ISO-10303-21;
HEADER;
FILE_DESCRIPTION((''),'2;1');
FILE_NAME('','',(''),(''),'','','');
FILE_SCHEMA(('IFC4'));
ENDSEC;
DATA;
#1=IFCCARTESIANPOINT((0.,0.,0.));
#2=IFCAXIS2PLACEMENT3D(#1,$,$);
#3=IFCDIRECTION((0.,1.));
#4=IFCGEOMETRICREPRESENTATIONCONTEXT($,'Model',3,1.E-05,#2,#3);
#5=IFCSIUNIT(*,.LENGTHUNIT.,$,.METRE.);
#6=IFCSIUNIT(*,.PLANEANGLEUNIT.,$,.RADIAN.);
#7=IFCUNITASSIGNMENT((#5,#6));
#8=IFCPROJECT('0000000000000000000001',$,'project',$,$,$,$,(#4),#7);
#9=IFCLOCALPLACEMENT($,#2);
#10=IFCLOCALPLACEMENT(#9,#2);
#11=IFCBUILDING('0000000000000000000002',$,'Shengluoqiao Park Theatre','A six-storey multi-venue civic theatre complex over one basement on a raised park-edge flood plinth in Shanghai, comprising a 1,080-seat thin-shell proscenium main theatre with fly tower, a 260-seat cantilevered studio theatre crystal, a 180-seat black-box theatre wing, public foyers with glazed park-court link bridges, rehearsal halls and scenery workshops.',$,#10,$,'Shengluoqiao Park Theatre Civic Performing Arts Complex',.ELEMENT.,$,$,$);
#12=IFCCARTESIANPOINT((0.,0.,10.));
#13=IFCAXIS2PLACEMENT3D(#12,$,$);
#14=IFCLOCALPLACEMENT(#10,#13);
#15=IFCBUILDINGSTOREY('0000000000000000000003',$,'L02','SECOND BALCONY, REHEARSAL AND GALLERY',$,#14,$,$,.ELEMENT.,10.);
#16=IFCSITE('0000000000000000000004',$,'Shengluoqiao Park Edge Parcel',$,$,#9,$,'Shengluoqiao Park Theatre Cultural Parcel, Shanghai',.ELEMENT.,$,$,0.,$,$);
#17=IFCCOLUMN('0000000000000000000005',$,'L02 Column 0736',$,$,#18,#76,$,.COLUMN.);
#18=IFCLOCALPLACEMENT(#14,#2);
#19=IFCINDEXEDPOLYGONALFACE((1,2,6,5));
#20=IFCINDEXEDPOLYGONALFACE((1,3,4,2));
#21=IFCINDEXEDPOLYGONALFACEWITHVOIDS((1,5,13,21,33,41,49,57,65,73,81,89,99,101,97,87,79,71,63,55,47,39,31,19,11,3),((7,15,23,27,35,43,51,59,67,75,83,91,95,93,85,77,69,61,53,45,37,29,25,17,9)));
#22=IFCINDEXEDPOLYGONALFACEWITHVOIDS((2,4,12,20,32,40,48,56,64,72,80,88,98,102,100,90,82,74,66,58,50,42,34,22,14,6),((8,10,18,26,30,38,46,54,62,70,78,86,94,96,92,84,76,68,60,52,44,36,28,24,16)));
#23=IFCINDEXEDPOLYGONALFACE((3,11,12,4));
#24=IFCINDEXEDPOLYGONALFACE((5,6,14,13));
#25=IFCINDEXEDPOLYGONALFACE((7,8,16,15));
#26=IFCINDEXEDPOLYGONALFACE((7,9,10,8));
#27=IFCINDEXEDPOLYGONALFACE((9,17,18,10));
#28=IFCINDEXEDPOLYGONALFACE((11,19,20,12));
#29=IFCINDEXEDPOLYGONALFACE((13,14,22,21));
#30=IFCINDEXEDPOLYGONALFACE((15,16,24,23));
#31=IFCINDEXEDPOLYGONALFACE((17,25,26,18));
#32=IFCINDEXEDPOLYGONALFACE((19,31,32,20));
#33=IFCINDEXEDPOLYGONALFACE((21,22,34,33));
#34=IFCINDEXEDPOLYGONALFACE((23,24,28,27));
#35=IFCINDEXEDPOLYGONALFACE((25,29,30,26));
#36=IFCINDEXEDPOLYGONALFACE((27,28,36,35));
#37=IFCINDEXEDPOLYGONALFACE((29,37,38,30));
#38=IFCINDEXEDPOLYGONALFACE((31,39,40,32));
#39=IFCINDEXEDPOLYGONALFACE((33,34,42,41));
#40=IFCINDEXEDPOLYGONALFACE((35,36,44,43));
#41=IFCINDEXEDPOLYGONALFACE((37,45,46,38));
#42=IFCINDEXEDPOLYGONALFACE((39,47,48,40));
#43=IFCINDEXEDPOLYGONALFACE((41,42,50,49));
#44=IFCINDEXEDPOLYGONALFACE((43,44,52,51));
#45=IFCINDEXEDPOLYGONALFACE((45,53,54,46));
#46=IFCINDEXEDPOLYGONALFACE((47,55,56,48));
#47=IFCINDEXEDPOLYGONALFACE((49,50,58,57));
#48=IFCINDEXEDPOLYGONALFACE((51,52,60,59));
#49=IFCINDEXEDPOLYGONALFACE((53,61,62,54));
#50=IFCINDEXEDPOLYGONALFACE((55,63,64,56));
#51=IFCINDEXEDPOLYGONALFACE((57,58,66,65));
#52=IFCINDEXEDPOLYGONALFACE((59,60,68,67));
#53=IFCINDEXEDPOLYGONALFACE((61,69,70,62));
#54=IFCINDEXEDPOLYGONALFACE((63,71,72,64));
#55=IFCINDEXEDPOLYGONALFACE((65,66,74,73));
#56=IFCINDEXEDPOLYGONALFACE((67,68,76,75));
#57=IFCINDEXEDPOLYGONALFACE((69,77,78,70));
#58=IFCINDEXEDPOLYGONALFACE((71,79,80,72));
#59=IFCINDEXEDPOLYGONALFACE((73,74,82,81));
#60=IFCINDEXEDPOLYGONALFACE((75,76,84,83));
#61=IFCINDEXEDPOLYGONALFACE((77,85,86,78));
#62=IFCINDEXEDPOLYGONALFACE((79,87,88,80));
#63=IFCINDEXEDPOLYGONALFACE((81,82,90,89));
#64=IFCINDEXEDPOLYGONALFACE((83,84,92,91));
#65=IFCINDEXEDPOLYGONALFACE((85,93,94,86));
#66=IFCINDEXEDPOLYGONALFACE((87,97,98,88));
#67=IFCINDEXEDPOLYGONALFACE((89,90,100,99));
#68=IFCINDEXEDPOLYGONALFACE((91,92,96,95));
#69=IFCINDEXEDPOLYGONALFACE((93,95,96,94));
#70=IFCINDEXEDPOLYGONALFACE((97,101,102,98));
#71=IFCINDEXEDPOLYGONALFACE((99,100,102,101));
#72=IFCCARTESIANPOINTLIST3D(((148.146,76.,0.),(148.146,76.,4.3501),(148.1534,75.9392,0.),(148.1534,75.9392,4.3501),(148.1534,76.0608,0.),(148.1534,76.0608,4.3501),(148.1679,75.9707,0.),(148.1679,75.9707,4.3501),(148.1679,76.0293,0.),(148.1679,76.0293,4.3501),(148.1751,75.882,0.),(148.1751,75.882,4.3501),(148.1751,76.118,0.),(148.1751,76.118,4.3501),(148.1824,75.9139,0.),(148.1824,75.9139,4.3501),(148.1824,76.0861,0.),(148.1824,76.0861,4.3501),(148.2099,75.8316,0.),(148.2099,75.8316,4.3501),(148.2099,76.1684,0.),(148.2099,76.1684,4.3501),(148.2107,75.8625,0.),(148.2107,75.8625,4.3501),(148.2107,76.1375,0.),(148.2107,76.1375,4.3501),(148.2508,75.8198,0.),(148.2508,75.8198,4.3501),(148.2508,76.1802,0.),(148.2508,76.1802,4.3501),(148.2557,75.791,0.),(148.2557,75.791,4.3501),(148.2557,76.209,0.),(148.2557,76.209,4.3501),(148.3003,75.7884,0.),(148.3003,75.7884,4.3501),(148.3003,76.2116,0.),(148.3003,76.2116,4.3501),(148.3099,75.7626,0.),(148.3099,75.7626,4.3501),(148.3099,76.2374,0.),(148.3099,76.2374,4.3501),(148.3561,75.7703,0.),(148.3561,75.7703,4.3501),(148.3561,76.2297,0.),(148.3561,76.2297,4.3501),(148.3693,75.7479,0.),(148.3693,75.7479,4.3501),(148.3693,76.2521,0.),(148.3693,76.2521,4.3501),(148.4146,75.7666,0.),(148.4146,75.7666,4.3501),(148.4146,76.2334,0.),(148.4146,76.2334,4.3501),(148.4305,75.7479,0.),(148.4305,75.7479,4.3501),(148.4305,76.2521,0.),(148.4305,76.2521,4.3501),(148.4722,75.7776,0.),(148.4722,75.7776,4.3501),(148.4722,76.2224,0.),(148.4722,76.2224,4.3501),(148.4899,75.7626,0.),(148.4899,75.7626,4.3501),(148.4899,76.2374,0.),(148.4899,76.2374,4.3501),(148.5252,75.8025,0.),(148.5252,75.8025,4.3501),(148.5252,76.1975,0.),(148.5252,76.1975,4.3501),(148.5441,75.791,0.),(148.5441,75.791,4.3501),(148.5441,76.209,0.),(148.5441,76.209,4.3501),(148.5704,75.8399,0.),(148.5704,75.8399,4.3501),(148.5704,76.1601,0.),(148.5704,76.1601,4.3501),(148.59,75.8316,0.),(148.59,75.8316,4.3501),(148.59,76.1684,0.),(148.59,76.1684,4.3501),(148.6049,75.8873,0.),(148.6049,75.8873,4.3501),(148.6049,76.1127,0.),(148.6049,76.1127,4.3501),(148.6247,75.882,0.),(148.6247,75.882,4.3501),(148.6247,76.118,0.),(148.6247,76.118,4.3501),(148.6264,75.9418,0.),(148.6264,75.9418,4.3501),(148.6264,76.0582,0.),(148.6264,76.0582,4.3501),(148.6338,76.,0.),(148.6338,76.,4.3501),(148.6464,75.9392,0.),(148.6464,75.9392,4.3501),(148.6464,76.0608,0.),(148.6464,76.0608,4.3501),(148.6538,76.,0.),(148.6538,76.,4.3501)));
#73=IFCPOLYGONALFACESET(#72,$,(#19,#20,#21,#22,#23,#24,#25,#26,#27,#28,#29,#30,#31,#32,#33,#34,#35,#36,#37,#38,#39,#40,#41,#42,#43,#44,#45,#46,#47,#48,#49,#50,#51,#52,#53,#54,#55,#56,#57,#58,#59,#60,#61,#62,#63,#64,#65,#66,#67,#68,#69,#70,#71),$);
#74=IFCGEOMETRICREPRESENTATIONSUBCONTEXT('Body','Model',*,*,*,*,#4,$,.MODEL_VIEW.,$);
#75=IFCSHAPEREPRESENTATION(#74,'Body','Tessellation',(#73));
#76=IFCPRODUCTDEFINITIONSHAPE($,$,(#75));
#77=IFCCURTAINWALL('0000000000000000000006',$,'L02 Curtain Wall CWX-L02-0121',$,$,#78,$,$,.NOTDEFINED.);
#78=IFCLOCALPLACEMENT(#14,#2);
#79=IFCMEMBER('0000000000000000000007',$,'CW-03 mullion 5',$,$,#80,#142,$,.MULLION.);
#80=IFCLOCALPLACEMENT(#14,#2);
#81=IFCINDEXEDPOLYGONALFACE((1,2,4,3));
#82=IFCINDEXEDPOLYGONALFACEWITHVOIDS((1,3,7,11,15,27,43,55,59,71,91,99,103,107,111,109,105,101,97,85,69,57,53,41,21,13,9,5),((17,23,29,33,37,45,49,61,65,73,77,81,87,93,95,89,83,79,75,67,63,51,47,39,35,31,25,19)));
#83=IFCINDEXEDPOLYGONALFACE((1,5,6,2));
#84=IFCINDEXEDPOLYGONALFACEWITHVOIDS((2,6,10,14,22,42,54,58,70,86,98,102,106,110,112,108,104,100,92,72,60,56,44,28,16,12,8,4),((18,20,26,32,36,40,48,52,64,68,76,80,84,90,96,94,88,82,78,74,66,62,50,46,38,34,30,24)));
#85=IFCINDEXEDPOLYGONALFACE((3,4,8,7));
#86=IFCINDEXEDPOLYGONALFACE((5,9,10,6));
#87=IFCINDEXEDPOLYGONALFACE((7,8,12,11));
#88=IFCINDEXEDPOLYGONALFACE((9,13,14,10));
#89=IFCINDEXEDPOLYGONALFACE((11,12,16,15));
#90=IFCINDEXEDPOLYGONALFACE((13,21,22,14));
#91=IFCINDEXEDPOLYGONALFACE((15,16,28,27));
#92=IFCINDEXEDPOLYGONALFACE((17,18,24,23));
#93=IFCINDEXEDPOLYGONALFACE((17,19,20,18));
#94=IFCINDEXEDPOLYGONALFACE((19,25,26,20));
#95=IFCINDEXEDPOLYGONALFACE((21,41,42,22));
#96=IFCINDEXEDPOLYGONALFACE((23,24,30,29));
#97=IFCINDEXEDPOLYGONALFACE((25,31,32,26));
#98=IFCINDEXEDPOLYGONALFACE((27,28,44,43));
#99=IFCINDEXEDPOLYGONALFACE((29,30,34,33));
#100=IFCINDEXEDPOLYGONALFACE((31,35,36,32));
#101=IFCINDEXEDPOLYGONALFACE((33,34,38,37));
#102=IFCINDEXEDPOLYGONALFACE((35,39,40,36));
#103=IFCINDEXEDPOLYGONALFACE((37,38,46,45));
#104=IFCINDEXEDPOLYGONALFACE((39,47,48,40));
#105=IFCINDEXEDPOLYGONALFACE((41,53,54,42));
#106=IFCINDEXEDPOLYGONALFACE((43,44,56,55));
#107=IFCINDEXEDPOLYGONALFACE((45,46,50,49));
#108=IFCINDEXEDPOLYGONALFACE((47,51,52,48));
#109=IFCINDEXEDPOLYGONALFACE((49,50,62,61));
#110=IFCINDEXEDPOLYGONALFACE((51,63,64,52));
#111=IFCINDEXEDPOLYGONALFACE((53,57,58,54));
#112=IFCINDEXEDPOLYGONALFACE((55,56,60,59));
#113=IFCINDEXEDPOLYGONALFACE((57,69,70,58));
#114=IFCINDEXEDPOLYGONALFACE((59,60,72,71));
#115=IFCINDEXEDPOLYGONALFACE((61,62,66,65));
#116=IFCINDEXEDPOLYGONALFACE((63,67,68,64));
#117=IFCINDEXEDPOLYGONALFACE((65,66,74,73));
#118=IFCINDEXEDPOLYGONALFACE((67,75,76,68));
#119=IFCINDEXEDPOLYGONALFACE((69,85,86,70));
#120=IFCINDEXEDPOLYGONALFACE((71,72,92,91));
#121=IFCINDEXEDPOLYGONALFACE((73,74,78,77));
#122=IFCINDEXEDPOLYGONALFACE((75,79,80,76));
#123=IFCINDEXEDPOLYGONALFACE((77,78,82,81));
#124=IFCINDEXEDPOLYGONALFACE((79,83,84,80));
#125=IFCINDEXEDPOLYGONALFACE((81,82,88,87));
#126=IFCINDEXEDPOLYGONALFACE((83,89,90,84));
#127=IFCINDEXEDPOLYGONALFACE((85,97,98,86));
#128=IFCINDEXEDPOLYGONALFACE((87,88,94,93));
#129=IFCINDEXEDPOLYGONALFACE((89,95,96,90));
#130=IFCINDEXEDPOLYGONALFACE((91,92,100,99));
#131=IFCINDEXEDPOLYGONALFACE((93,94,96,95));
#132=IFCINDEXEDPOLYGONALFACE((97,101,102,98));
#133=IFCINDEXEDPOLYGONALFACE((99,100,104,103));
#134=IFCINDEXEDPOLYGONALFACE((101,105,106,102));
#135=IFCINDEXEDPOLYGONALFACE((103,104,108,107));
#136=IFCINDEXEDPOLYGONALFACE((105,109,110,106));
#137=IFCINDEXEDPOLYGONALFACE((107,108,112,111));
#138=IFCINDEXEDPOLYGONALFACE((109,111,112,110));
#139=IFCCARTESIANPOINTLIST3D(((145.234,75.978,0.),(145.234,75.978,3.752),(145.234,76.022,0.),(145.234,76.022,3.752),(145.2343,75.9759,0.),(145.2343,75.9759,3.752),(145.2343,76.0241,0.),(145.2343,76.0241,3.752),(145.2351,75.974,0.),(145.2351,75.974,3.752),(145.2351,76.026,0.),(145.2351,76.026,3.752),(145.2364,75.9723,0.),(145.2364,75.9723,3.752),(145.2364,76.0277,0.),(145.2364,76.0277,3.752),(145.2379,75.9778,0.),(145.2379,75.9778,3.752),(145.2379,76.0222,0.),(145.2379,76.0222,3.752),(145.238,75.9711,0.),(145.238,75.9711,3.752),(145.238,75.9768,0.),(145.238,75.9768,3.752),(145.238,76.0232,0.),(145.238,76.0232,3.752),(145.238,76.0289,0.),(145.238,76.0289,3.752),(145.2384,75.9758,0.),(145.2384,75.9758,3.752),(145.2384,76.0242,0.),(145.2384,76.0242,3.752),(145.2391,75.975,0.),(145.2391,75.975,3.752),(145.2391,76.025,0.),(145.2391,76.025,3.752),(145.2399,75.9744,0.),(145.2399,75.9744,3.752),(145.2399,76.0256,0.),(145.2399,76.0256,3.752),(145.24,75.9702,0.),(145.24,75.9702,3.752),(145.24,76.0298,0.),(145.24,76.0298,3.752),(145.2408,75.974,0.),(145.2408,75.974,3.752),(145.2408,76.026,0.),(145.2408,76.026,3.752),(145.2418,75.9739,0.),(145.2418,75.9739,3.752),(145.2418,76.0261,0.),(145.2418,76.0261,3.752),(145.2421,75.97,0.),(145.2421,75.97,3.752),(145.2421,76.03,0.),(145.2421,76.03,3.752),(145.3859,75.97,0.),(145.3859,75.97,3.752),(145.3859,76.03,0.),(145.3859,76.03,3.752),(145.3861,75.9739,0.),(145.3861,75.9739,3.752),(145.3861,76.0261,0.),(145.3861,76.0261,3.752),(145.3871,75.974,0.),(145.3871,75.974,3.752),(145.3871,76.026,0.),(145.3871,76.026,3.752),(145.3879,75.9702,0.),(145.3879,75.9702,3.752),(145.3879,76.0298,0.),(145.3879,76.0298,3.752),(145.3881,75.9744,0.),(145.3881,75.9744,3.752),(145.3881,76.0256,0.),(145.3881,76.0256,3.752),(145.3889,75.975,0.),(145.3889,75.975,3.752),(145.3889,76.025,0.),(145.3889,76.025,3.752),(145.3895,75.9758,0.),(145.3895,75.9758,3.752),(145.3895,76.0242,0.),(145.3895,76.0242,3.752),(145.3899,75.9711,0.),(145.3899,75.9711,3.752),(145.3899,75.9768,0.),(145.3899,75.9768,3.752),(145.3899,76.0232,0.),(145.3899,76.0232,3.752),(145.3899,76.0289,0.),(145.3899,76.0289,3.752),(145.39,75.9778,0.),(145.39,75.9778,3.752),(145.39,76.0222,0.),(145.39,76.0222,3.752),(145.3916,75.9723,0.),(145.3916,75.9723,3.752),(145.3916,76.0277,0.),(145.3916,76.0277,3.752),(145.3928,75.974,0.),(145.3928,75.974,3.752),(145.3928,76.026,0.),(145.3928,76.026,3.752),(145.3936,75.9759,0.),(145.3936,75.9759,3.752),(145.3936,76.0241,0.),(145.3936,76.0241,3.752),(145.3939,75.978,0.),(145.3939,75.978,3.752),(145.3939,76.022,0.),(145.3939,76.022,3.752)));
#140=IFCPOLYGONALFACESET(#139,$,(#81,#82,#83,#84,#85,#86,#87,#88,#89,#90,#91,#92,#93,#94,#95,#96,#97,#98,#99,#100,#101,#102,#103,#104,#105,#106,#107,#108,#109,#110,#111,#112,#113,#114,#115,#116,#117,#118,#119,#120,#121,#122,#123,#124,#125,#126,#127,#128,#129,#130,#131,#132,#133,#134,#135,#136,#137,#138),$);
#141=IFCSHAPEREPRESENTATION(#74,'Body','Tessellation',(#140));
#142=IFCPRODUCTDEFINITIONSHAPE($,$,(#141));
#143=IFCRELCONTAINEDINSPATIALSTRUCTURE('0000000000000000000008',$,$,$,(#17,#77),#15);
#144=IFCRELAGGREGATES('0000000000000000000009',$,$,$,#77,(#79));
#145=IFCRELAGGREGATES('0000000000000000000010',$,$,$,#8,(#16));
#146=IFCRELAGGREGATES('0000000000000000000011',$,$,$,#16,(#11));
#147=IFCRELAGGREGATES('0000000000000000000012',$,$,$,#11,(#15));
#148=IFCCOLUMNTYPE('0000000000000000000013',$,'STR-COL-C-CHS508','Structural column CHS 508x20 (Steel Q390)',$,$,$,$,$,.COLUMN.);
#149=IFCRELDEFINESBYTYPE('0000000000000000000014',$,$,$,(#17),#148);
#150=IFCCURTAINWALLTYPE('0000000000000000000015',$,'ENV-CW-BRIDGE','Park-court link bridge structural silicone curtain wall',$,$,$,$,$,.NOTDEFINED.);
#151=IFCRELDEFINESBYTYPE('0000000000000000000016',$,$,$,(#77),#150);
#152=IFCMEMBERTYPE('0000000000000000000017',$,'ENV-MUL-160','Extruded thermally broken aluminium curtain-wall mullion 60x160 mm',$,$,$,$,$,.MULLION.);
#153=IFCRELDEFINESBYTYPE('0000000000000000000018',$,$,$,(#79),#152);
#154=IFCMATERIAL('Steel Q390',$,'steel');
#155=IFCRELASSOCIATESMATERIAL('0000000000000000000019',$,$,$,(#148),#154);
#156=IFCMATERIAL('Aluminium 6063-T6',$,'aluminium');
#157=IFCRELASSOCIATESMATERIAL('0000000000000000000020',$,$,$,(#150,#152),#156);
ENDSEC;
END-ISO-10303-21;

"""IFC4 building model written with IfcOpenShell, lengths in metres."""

from ifc_helpers import new_model, si_unit, direction, frame, origin, origin_2d, place, context, subcontext, project, spatial, hollow_rectangle, hollow_circle, extrude, material, material_profile, profile_set, type_object, element, aggregate, save


model = new_model("IFC4")

# Units and contexts
model_context = context("Model", 3, precision=1e-05, world=origin(), true_north=direction((0.0, 1.0)))
body_context = subcontext(model_context, "Body", "Model", "MODEL_VIEW")
ifc_project = project(units=[si_unit("LENGTHUNIT", "METRE"), si_unit("PLANEANGLEUNIT", "RADIAN")], contexts=[model_context])

# Site, building, storey
site_placement = place(None, origin())
site = spatial("IfcSite", under=ifc_project, at=site_placement, Name="Shengluoqiao Park Edge Parcel", LongName="Shengluoqiao Park Theatre Cultural Parcel, Shanghai", CompositionType="ELEMENT", RefElevation=0.0)
building_placement = place(site_placement, origin())
building = spatial("IfcBuilding", under=site, at=building_placement, Name="Shengluoqiao Park Theatre", Description="A six-storey multi-venue civic theatre complex over one basement on a raised park-edge flood plinth in Shanghai, comprising a 1,080-seat thin-shell proscenium main theatre with fly tower, a 260-seat cantilevered studio theatre crystal, a 180-seat black-box theatre wing, public foyers with glazed park-court link bridges, rehearsal halls and scenery workshops.", LongName="Shengluoqiao Park Theatre Civic Performing Arts Complex", CompositionType="ELEMENT")
storey_placement = place(building_placement, frame((0.0, 0.0, 10.0)))
storey = spatial("IfcBuildingStorey", under=building, at=storey_placement, Name="L02", Description="SECOND BALCONY, REHEARSAL AND GALLERY", CompositionType="ELEMENT", Elevation=10.0)

# Column
ifc_material_1 = material(Name="Steel Q390", Category="steel")
ifc_material_profile_1 = material_profile(ifc_material_1, hollow_circle(Radius=0.2539, WallThickness=0.02, at=origin_2d()), Name="CHS 508x20")
ifc_profile_set_1 = profile_set([ifc_material_profile_1], Name="Steel Q390")
column_type = type_object("IfcColumnType", Name="STR-COL-C-CHS508", Description="Structural column CHS 508x20 (Steel Q390)", PredefinedType="COLUMN", material=ifc_profile_set_1)
column_placement = place(storey_placement, frame((148.3999, 76.0, 0.0), z_axis=(0.0, 0.0, 1.0), x_axis=(1.0, 0.0, 0.0)))
element("IfcColumn", 1, at=column_placement, inside=storey, type_object=column_type, Name="L02 Column 0736", PredefinedType="COLUMN", context=body_context, shape_type="SweptSolid", body=[
    extrude(hollow_circle(Radius=0.2539, WallThickness=0.02, at=origin_2d()), origin(), (0.0, 0.0, 1.0), 4.3501),
])

# Curtain wall, member
ifc_material_2 = material(Name="Aluminium 6063-T6", Category="aluminium")
curtain_wall_type = type_object("IfcCurtainWallType", Name="ENV-CW-BRIDGE", Description="Park-court link bridge structural silicone curtain wall", PredefinedType="NOTDEFINED", material=ifc_material_2)
curtain_wall_1_placement = place(storey_placement, origin())
curtain_wall_1 = element("IfcCurtainWall", 2, at=curtain_wall_1_placement, inside=storey, type_object=curtain_wall_type, Name="L02 Curtain Wall CWX-L02-0121", PredefinedType="NOTDEFINED")
ifc_material_profile_2 = material_profile(ifc_material_2, hollow_rectangle(XDim=0.0601, YDim=0.1599, WallThickness=0.0039, InnerFilletRadius=0.0039, OuterFilletRadius=0.0081, at=origin_2d()), Name="ALU MULLION 160x60x4")
ifc_profile_set_2 = profile_set([ifc_material_profile_2], Name="Aluminium 6063-T6")
member_type_1 = type_object("IfcMemberType", Name="ENV-MUL-160", Description="Extruded thermally broken aluminium curtain-wall mullion 60x160 mm", PredefinedType="MULLION", material=ifc_profile_set_2)
member_1_placement = place(storey_placement, frame((145.314, 76.0, 0.0), z_axis=(0.0, 0.0, 1.0), x_axis=(0.0, 1.0, 0.0)))
member_1 = element("IfcMember", 3, at=member_1_placement, type_object=member_type_1, Name="CW-03 mullion 5", PredefinedType="MULLION", context=body_context, shape_type="SweptSolid", body=[
    extrude(hollow_rectangle(XDim=0.0601, YDim=0.1599, WallThickness=0.0039, InnerFilletRadius=0.0039, OuterFilletRadius=0.0081, at=origin_2d()), origin(), (0.0, 0.0, 1.0), 3.752),
])

aggregate(curtain_wall_1, [member_1])

save(model, "model.ifc")
